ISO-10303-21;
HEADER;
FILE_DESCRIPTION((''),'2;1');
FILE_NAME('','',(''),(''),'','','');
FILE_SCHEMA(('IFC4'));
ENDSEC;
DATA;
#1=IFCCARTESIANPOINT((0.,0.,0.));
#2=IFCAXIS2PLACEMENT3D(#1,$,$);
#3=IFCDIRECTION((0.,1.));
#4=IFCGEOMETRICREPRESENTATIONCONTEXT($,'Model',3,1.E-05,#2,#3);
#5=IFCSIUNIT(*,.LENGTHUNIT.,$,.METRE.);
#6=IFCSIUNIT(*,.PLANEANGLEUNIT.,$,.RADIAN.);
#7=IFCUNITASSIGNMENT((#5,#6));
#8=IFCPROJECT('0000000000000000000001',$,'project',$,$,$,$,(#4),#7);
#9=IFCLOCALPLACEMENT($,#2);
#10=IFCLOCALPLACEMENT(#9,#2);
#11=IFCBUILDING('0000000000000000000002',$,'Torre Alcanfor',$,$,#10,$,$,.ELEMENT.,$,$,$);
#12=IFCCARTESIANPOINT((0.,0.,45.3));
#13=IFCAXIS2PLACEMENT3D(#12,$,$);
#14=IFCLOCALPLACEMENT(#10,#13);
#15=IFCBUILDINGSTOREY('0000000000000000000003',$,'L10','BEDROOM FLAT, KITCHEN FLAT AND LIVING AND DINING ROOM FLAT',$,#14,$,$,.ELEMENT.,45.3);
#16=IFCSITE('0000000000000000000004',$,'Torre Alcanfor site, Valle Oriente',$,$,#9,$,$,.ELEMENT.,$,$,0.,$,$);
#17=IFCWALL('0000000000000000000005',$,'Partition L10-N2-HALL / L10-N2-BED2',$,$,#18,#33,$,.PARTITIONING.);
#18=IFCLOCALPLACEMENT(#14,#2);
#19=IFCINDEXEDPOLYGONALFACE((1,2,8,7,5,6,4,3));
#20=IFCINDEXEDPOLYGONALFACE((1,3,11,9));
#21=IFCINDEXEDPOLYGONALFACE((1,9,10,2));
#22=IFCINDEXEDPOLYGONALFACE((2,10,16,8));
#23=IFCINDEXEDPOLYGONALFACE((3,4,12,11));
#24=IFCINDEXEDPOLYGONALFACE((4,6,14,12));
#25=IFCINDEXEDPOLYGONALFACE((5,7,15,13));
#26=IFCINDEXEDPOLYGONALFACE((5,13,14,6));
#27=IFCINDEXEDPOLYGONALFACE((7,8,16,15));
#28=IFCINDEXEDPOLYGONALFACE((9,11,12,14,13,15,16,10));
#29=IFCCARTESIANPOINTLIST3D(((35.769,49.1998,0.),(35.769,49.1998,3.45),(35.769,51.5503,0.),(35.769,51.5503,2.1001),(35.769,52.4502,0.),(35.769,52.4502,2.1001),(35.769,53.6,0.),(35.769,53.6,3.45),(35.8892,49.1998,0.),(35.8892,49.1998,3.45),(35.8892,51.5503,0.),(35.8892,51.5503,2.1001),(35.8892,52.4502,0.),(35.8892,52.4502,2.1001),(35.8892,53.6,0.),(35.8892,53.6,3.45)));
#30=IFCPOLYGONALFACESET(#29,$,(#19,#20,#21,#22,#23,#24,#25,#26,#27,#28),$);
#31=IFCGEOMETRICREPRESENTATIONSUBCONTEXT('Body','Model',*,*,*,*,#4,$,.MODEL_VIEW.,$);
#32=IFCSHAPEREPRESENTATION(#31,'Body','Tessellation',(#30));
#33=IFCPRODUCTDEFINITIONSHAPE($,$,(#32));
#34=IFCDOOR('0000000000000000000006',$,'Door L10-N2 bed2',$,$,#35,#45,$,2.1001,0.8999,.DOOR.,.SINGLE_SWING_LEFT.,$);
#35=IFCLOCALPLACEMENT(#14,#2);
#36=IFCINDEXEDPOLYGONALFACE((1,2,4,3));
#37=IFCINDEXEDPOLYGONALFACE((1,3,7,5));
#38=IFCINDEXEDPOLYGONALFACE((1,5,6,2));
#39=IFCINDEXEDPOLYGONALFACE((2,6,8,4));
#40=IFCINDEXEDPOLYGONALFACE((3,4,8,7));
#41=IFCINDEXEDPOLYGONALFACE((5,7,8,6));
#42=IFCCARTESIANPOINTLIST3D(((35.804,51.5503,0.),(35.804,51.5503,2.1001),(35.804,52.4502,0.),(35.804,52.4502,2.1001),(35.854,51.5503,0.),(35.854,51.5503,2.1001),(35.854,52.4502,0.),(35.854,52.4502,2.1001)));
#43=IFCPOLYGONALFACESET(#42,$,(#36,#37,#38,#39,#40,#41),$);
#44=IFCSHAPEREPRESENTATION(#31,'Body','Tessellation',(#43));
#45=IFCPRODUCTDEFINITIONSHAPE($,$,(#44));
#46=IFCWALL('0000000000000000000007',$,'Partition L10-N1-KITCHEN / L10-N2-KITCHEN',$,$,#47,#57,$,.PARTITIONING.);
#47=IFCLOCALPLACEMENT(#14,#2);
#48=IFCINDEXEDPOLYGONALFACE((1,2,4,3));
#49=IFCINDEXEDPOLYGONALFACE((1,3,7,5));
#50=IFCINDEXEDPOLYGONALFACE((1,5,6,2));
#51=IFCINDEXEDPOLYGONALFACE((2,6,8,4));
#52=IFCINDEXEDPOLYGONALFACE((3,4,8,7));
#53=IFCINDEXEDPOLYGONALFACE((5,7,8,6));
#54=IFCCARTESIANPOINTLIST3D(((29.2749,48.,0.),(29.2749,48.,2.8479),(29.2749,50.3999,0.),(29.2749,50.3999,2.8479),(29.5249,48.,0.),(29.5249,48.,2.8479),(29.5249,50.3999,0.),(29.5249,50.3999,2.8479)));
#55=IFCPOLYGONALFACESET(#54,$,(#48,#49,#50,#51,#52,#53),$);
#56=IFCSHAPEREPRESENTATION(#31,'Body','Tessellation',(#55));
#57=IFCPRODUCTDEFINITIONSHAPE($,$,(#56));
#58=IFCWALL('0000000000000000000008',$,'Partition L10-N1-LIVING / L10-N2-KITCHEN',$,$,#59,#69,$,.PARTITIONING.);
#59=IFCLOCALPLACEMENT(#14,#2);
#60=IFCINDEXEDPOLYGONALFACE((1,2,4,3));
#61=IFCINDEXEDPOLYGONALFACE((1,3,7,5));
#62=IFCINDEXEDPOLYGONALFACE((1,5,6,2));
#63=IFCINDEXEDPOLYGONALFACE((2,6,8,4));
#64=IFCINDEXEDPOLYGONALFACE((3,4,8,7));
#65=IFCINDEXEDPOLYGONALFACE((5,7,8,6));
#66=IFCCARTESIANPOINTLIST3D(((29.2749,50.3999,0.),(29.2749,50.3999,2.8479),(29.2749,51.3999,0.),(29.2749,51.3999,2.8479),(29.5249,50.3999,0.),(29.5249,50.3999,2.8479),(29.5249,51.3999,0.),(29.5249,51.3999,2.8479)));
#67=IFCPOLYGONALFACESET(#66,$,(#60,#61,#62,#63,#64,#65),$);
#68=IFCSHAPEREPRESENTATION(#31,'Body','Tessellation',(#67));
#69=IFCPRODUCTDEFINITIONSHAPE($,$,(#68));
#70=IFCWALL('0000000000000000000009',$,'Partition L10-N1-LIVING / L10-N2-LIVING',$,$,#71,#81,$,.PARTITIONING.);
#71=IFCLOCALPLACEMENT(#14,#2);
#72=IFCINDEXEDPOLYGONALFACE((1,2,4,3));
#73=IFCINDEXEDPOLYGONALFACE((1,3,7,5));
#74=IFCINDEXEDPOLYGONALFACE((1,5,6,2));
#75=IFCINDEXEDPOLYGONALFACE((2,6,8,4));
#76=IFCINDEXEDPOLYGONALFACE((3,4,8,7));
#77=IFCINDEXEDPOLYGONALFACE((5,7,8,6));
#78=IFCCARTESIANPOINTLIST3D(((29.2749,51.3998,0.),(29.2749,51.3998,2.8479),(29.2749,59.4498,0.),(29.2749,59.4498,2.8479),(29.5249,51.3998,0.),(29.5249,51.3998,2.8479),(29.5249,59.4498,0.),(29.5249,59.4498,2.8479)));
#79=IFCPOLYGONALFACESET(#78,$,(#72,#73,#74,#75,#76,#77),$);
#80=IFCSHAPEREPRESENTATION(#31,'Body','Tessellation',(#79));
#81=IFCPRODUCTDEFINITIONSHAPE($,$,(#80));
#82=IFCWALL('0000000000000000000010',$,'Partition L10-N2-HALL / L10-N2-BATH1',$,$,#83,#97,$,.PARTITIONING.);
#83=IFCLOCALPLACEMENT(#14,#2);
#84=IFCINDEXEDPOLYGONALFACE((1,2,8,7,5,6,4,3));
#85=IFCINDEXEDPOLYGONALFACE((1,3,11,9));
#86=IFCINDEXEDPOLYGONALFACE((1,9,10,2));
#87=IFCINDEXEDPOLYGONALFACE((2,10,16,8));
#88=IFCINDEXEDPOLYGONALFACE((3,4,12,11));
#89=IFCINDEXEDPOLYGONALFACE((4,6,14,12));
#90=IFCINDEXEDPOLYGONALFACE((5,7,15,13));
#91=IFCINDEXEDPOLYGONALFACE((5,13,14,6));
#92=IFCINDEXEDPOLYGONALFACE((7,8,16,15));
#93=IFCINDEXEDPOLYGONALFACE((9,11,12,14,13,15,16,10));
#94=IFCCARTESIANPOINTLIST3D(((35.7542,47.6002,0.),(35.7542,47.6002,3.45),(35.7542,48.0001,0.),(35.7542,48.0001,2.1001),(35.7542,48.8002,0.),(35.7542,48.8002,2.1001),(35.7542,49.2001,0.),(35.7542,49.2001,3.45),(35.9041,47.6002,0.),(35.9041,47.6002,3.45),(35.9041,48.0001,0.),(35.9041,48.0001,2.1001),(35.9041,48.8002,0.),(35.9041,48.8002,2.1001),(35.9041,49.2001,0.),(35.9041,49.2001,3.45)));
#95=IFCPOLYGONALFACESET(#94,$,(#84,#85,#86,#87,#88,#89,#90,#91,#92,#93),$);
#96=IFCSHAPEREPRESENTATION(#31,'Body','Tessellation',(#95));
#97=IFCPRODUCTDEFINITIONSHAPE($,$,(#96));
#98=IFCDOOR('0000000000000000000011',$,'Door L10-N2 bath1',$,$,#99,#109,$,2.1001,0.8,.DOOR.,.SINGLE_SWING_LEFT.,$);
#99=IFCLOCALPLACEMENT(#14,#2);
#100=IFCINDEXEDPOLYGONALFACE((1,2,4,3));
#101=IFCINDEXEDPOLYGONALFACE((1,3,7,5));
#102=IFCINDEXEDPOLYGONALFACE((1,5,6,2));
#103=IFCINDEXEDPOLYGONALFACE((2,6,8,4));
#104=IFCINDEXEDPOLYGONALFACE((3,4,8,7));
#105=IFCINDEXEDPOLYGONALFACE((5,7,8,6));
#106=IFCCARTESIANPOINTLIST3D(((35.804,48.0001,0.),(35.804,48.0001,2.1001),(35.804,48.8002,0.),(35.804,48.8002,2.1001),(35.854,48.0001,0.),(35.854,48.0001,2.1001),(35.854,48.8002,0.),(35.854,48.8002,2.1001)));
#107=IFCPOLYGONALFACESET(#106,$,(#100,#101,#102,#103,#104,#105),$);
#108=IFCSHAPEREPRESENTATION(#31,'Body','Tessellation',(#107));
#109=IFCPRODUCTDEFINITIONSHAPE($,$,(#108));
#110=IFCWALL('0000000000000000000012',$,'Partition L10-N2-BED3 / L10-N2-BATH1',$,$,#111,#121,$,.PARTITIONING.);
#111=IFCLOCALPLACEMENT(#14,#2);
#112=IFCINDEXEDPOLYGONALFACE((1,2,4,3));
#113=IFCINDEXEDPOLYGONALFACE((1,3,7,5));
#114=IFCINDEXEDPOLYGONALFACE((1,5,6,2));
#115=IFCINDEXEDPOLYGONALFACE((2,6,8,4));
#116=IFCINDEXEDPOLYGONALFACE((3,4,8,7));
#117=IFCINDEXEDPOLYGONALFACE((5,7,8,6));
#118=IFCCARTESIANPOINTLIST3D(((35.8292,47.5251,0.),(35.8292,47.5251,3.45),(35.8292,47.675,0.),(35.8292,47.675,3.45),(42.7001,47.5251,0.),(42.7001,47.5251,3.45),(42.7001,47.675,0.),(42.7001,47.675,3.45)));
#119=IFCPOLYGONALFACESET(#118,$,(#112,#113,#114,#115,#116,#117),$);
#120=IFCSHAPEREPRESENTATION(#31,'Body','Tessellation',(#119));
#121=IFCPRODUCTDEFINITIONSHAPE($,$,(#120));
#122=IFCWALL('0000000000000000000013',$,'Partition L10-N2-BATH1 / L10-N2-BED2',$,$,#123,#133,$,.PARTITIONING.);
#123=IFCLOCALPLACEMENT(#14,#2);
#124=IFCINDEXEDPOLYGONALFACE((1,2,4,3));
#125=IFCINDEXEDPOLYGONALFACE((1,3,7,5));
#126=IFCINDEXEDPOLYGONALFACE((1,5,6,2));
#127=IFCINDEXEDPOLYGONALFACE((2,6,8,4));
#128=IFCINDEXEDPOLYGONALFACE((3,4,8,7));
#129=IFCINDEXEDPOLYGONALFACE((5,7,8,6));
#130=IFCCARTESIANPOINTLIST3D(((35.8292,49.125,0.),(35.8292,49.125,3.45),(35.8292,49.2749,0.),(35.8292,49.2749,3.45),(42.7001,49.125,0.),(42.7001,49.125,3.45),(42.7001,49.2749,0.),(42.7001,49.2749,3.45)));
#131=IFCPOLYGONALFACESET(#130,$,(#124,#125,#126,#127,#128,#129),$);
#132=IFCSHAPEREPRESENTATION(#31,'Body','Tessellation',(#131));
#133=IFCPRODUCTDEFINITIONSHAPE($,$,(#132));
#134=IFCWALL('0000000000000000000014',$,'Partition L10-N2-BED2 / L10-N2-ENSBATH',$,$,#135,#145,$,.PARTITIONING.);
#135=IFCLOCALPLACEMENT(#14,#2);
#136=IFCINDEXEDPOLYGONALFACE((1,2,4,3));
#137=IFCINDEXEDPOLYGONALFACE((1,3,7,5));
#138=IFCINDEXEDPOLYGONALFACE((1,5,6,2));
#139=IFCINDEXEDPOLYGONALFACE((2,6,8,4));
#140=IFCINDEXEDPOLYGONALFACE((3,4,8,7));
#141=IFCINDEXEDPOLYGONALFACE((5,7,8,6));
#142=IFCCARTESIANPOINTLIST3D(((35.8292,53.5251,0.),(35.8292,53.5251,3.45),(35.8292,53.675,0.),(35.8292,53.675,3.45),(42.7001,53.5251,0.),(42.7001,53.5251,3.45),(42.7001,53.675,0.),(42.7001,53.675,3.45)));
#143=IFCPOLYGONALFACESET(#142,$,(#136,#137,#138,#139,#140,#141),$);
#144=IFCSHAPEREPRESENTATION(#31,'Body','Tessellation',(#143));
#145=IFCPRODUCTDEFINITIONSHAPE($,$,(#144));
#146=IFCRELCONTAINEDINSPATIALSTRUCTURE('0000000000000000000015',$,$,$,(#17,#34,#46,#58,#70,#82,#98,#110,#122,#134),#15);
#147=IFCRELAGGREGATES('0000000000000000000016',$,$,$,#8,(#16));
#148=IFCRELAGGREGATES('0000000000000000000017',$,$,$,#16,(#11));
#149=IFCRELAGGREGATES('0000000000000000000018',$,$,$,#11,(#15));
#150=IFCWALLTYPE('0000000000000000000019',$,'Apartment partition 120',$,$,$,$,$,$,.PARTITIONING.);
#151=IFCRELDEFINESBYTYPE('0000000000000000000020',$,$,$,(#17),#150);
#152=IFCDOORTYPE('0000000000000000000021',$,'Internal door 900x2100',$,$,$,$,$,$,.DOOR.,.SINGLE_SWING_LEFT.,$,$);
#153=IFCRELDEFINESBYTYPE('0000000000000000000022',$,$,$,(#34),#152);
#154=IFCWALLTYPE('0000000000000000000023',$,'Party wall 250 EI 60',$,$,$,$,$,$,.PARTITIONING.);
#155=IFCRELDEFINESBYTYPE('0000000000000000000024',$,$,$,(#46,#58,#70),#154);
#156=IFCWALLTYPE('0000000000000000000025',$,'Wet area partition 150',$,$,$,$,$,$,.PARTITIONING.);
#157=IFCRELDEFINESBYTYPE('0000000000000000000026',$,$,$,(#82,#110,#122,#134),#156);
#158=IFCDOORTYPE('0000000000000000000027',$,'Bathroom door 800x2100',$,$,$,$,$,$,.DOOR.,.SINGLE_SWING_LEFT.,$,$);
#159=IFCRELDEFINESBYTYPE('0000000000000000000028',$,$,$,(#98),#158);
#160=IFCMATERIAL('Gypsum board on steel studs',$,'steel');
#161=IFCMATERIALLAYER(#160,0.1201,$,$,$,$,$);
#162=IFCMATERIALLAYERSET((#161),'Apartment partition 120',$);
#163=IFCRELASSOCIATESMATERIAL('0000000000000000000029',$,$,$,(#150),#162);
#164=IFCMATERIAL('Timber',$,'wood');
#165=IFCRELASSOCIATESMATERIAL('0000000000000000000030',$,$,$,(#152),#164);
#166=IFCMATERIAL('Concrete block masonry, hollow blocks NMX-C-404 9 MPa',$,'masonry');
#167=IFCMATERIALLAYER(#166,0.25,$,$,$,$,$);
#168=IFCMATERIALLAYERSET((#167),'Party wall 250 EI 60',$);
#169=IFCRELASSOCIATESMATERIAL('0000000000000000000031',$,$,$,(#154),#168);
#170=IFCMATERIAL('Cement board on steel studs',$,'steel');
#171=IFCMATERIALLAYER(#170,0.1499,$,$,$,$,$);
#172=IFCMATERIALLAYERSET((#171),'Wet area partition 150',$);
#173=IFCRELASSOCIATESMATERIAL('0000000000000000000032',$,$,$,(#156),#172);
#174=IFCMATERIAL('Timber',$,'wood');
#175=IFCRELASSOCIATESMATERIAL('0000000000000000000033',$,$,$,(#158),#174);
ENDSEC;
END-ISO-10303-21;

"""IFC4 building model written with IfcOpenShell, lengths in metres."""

from ifc_helpers import new_model, si_unit, direction, frame, frame_2d, origin, place, context, subcontext, project, spatial, rectangle, extrude, material, layer, layer_set, type_object, element, fill, save


model = new_model("IFC4")

# Units and contexts
model_context = context("Model", 3, precision=1e-05, world=origin(), true_north=direction((0.0, 1.0)))
body_context = subcontext(model_context, "Body", "Model", "MODEL_VIEW")
ifc_project = project(units=[si_unit("LENGTHUNIT", "METRE"), si_unit("PLANEANGLEUNIT", "RADIAN")], contexts=[model_context])

# Site, building, storey
site_placement = place(None, origin())
site = spatial("IfcSite", under=ifc_project, at=site_placement, Name="Torre Alcanfor site, Valle Oriente", CompositionType="ELEMENT", RefElevation=0.0)
building_placement = place(site_placement, origin())
building = spatial("IfcBuilding", under=site, at=building_placement, Name="Torre Alcanfor", CompositionType="ELEMENT")
storey_placement = place(building_placement, frame((0.0, 0.0, 45.3)))
storey = spatial("IfcBuildingStorey", under=building, at=storey_placement, Name="L10", Description="BEDROOM FLAT, KITCHEN FLAT AND LIVING AND DINING ROOM FLAT", CompositionType="ELEMENT", Elevation=45.3)

# Shared definitions
ifc_material_1 = material(Name="Gypsum board on steel studs", Category="steel")
ifc_layer_1 = layer(ifc_material_1, 0.1201)
ifc_layer_set_1 = layer_set([ifc_layer_1], Name="Apartment partition 120")
wall_type_1 = type_object("IfcWallType", Name="Apartment partition 120", PredefinedType="PARTITIONING", material=ifc_layer_set_1)
ifc_material_2 = material(Name="Timber", Category="wood")
door_type_1 = type_object("IfcDoorType", Name="Internal door 900x2100", OperationType="SINGLE_SWING_LEFT", PredefinedType="DOOR", material=ifc_material_2)

# Wall, opening, door
wall_1_placement = place(storey_placement, frame((35.8291, 53.6001, 0.0), z_axis=(0.0, 0.0, 1.0), x_axis=(0.0, -1.0, 0.0)))
wall_1 = element("IfcWall", 1, at=wall_1_placement, inside=storey, type_object=wall_type_1, Name="Partition L10-N2-HALL / L10-N2-BED2", PredefinedType="PARTITIONING", context=body_context, shape_type="SweptSolid", body=[
    extrude(rectangle(XDim=4.4001, YDim=0.1201, at=frame_2d((2.2002, 0.0))), origin(), (0.0, 0.0, 1.0), 3.45),
])
opening_1_placement = place(wall_1_placement, frame((1.1499, 0.0, 0.0)))
opening_1 = element("IfcOpeningElement", 2, at=opening_1_placement, cuts=wall_1, PredefinedType="OPENING", context=body_context, shape_type="SweptSolid", body=[
    extrude(rectangle(XDim=0.8999, YDim=2.1001, at=frame_2d((0.45, 1.05))), frame((0.0, 0.0701, 0.0), z_axis=(0.0, -1.0, 0.0), x_axis=(1.0, 0.0, 0.0)), (0.0, 0.0, 1.0), 0.1401),
])
door_1_placement = place(opening_1_placement, origin())
door_1 = element("IfcDoor", 3, at=door_1_placement, inside=storey, type_object=door_type_1, Name="Door L10-N2 bed2", OperationType="SINGLE_SWING_LEFT", OverallHeight=2.1001, OverallWidth=0.8999, PredefinedType="DOOR", context=body_context, shape_type="SweptSolid", body=[
    extrude(rectangle(XDim=0.8999, YDim=2.1001, at=frame_2d((0.45, 1.05))), frame((0.0, 0.0249, 0.0), z_axis=(0.0, -1.0, 0.0), x_axis=(1.0, 0.0, 0.0)), (0.0, 0.0, 1.0), 0.05),
])
fill(opening_1, door_1)

# Walls
ifc_material_3 = material(Name="Concrete block masonry, hollow blocks NMX-C-404 9 MPa", Category="masonry")
ifc_layer_2 = layer(ifc_material_3, 0.25)
ifc_layer_set_2 = layer_set([ifc_layer_2], Name="Party wall 250 EI 60")
wall_type_2 = type_object("IfcWallType", Name="Party wall 250 EI 60", PredefinedType="PARTITIONING", material=ifc_layer_set_2)
wall_2_placement = place(storey_placement, frame((29.3999, 48.0, 0.0), z_axis=(0.0, 0.0, 1.0), x_axis=(0.0, 1.0, 0.0)))
element("IfcWall", 4, at=wall_2_placement, inside=storey, type_object=wall_type_2, Name="Partition L10-N1-KITCHEN / L10-N2-KITCHEN", PredefinedType="PARTITIONING", context=body_context, shape_type="SweptSolid", body=[
    extrude(rectangle(XDim=2.3999, YDim=0.25, at=frame_2d((1.2, 0.0))), origin(), (0.0, 0.0, 1.0), 2.8479),
])
wall_3_placement = place(storey_placement, frame((29.3999, 50.3999, 0.0), z_axis=(0.0, 0.0, 1.0), x_axis=(0.0, 1.0, 0.0)))
element("IfcWall", 5, at=wall_3_placement, inside=storey, type_object=wall_type_2, Name="Partition L10-N1-LIVING / L10-N2-KITCHEN", PredefinedType="PARTITIONING", context=body_context, shape_type="SweptSolid", body=[
    extrude(rectangle(XDim=1.0, YDim=0.25, at=frame_2d((0.5, 0.0))), origin(), (0.0, 0.0, 1.0), 2.8479),
])
wall_4_placement = place(storey_placement, frame((29.3999, 51.3999, 0.0), z_axis=(0.0, 0.0, 1.0), x_axis=(0.0, 1.0, 0.0)))
element("IfcWall", 6, at=wall_4_placement, inside=storey, type_object=wall_type_2, Name="Partition L10-N1-LIVING / L10-N2-LIVING", PredefinedType="PARTITIONING", context=body_context, shape_type="SweptSolid", body=[
    extrude(rectangle(XDim=8.05, YDim=0.25, at=frame_2d((4.0249, 0.0))), origin(), (0.0, 0.0, 1.0), 2.8479),
])

# Wall, opening, door
ifc_material_4 = material(Name="Cement board on steel studs", Category="steel")
ifc_layer_3 = layer(ifc_material_4, 0.1499)
ifc_layer_set_3 = layer_set([ifc_layer_3], Name="Wet area partition 150")
wall_type_3 = type_object("IfcWallType", Name="Wet area partition 150", PredefinedType="PARTITIONING", material=ifc_layer_set_3)
wall_5_placement = place(storey_placement, frame((35.8291, 49.2, 0.0), z_axis=(0.0, 0.0, 1.0), x_axis=(0.0, -1.0, 0.0)))
wall_5 = element("IfcWall", 7, at=wall_5_placement, inside=storey, type_object=wall_type_3, Name="Partition L10-N2-HALL / L10-N2-BATH1", PredefinedType="PARTITIONING", context=body_context, shape_type="SweptSolid", body=[
    extrude(rectangle(XDim=1.5999, YDim=0.1499, at=frame_2d((0.7998, 0.0))), origin(), (0.0, 0.0, 1.0), 3.45),
])
opening_2_placement = place(wall_5_placement, frame((0.3999, 0.0, 0.0)))
opening_2 = element("IfcOpeningElement", 8, at=opening_2_placement, cuts=wall_5, PredefinedType="OPENING", context=body_context, shape_type="SweptSolid", body=[
    extrude(rectangle(XDim=0.8, YDim=2.1001, at=frame_2d((0.3999, 1.05))), frame((0.0, 0.085, 0.0), z_axis=(0.0, -1.0, 0.0), x_axis=(1.0, 0.0, 0.0)), (0.0, 0.0, 1.0), 0.1699),
])
ifc_material_5 = material(Name="Timber", Category="wood")
door_type_2 = type_object("IfcDoorType", Name="Bathroom door 800x2100", OperationType="SINGLE_SWING_LEFT", PredefinedType="DOOR", material=ifc_material_5)
door_2_placement = place(opening_2_placement, origin())
door_2 = element("IfcDoor", 9, at=door_2_placement, inside=storey, type_object=door_type_2, Name="Door L10-N2 bath1", OperationType="SINGLE_SWING_LEFT", OverallHeight=2.1001, OverallWidth=0.8, PredefinedType="DOOR", context=body_context, shape_type="SweptSolid", body=[
    extrude(rectangle(XDim=0.8, YDim=2.1001, at=frame_2d((0.3999, 1.05))), frame((0.0, 0.0249, 0.0), z_axis=(0.0, -1.0, 0.0), x_axis=(1.0, 0.0, 0.0)), (0.0, 0.0, 1.0), 0.05),
])
fill(opening_2, door_2)

# Walls
for number, where, z_axis, x_axis, name in (
    (10, (35.8291, 47.6001, 0.0), (0.0, 0.0, 1.0), (1.0, 0.0, 0.0), "Partition L10-N2-BED3 / L10-N2-BATH1"),
    (11, (35.8291, 49.2, 0.0), (0.0, 0.0, 1.0), (1.0, 0.0, 0.0), "Partition L10-N2-BATH1 / L10-N2-BED2"),
    (12, (35.8291, 53.6001, 0.0), (0.0, 0.0, 1.0), (1.0, 0.0, 0.0), "Partition L10-N2-BED2 / L10-N2-ENSBATH"),
):
    element("IfcWall", number, at=place(storey_placement, frame(where, z_axis=z_axis, x_axis=x_axis)), inside=storey, type_object=wall_type_3, Name=name, PredefinedType="PARTITIONING", context=body_context, shape_type="SweptSolid", body=[
        extrude(rectangle(XDim=6.8708, YDim=0.1499, at=frame_2d((3.4355, 0.0))), origin(), (0.0, 0.0, 1.0), 3.45),
    ])

save(model, "model.ifc")
